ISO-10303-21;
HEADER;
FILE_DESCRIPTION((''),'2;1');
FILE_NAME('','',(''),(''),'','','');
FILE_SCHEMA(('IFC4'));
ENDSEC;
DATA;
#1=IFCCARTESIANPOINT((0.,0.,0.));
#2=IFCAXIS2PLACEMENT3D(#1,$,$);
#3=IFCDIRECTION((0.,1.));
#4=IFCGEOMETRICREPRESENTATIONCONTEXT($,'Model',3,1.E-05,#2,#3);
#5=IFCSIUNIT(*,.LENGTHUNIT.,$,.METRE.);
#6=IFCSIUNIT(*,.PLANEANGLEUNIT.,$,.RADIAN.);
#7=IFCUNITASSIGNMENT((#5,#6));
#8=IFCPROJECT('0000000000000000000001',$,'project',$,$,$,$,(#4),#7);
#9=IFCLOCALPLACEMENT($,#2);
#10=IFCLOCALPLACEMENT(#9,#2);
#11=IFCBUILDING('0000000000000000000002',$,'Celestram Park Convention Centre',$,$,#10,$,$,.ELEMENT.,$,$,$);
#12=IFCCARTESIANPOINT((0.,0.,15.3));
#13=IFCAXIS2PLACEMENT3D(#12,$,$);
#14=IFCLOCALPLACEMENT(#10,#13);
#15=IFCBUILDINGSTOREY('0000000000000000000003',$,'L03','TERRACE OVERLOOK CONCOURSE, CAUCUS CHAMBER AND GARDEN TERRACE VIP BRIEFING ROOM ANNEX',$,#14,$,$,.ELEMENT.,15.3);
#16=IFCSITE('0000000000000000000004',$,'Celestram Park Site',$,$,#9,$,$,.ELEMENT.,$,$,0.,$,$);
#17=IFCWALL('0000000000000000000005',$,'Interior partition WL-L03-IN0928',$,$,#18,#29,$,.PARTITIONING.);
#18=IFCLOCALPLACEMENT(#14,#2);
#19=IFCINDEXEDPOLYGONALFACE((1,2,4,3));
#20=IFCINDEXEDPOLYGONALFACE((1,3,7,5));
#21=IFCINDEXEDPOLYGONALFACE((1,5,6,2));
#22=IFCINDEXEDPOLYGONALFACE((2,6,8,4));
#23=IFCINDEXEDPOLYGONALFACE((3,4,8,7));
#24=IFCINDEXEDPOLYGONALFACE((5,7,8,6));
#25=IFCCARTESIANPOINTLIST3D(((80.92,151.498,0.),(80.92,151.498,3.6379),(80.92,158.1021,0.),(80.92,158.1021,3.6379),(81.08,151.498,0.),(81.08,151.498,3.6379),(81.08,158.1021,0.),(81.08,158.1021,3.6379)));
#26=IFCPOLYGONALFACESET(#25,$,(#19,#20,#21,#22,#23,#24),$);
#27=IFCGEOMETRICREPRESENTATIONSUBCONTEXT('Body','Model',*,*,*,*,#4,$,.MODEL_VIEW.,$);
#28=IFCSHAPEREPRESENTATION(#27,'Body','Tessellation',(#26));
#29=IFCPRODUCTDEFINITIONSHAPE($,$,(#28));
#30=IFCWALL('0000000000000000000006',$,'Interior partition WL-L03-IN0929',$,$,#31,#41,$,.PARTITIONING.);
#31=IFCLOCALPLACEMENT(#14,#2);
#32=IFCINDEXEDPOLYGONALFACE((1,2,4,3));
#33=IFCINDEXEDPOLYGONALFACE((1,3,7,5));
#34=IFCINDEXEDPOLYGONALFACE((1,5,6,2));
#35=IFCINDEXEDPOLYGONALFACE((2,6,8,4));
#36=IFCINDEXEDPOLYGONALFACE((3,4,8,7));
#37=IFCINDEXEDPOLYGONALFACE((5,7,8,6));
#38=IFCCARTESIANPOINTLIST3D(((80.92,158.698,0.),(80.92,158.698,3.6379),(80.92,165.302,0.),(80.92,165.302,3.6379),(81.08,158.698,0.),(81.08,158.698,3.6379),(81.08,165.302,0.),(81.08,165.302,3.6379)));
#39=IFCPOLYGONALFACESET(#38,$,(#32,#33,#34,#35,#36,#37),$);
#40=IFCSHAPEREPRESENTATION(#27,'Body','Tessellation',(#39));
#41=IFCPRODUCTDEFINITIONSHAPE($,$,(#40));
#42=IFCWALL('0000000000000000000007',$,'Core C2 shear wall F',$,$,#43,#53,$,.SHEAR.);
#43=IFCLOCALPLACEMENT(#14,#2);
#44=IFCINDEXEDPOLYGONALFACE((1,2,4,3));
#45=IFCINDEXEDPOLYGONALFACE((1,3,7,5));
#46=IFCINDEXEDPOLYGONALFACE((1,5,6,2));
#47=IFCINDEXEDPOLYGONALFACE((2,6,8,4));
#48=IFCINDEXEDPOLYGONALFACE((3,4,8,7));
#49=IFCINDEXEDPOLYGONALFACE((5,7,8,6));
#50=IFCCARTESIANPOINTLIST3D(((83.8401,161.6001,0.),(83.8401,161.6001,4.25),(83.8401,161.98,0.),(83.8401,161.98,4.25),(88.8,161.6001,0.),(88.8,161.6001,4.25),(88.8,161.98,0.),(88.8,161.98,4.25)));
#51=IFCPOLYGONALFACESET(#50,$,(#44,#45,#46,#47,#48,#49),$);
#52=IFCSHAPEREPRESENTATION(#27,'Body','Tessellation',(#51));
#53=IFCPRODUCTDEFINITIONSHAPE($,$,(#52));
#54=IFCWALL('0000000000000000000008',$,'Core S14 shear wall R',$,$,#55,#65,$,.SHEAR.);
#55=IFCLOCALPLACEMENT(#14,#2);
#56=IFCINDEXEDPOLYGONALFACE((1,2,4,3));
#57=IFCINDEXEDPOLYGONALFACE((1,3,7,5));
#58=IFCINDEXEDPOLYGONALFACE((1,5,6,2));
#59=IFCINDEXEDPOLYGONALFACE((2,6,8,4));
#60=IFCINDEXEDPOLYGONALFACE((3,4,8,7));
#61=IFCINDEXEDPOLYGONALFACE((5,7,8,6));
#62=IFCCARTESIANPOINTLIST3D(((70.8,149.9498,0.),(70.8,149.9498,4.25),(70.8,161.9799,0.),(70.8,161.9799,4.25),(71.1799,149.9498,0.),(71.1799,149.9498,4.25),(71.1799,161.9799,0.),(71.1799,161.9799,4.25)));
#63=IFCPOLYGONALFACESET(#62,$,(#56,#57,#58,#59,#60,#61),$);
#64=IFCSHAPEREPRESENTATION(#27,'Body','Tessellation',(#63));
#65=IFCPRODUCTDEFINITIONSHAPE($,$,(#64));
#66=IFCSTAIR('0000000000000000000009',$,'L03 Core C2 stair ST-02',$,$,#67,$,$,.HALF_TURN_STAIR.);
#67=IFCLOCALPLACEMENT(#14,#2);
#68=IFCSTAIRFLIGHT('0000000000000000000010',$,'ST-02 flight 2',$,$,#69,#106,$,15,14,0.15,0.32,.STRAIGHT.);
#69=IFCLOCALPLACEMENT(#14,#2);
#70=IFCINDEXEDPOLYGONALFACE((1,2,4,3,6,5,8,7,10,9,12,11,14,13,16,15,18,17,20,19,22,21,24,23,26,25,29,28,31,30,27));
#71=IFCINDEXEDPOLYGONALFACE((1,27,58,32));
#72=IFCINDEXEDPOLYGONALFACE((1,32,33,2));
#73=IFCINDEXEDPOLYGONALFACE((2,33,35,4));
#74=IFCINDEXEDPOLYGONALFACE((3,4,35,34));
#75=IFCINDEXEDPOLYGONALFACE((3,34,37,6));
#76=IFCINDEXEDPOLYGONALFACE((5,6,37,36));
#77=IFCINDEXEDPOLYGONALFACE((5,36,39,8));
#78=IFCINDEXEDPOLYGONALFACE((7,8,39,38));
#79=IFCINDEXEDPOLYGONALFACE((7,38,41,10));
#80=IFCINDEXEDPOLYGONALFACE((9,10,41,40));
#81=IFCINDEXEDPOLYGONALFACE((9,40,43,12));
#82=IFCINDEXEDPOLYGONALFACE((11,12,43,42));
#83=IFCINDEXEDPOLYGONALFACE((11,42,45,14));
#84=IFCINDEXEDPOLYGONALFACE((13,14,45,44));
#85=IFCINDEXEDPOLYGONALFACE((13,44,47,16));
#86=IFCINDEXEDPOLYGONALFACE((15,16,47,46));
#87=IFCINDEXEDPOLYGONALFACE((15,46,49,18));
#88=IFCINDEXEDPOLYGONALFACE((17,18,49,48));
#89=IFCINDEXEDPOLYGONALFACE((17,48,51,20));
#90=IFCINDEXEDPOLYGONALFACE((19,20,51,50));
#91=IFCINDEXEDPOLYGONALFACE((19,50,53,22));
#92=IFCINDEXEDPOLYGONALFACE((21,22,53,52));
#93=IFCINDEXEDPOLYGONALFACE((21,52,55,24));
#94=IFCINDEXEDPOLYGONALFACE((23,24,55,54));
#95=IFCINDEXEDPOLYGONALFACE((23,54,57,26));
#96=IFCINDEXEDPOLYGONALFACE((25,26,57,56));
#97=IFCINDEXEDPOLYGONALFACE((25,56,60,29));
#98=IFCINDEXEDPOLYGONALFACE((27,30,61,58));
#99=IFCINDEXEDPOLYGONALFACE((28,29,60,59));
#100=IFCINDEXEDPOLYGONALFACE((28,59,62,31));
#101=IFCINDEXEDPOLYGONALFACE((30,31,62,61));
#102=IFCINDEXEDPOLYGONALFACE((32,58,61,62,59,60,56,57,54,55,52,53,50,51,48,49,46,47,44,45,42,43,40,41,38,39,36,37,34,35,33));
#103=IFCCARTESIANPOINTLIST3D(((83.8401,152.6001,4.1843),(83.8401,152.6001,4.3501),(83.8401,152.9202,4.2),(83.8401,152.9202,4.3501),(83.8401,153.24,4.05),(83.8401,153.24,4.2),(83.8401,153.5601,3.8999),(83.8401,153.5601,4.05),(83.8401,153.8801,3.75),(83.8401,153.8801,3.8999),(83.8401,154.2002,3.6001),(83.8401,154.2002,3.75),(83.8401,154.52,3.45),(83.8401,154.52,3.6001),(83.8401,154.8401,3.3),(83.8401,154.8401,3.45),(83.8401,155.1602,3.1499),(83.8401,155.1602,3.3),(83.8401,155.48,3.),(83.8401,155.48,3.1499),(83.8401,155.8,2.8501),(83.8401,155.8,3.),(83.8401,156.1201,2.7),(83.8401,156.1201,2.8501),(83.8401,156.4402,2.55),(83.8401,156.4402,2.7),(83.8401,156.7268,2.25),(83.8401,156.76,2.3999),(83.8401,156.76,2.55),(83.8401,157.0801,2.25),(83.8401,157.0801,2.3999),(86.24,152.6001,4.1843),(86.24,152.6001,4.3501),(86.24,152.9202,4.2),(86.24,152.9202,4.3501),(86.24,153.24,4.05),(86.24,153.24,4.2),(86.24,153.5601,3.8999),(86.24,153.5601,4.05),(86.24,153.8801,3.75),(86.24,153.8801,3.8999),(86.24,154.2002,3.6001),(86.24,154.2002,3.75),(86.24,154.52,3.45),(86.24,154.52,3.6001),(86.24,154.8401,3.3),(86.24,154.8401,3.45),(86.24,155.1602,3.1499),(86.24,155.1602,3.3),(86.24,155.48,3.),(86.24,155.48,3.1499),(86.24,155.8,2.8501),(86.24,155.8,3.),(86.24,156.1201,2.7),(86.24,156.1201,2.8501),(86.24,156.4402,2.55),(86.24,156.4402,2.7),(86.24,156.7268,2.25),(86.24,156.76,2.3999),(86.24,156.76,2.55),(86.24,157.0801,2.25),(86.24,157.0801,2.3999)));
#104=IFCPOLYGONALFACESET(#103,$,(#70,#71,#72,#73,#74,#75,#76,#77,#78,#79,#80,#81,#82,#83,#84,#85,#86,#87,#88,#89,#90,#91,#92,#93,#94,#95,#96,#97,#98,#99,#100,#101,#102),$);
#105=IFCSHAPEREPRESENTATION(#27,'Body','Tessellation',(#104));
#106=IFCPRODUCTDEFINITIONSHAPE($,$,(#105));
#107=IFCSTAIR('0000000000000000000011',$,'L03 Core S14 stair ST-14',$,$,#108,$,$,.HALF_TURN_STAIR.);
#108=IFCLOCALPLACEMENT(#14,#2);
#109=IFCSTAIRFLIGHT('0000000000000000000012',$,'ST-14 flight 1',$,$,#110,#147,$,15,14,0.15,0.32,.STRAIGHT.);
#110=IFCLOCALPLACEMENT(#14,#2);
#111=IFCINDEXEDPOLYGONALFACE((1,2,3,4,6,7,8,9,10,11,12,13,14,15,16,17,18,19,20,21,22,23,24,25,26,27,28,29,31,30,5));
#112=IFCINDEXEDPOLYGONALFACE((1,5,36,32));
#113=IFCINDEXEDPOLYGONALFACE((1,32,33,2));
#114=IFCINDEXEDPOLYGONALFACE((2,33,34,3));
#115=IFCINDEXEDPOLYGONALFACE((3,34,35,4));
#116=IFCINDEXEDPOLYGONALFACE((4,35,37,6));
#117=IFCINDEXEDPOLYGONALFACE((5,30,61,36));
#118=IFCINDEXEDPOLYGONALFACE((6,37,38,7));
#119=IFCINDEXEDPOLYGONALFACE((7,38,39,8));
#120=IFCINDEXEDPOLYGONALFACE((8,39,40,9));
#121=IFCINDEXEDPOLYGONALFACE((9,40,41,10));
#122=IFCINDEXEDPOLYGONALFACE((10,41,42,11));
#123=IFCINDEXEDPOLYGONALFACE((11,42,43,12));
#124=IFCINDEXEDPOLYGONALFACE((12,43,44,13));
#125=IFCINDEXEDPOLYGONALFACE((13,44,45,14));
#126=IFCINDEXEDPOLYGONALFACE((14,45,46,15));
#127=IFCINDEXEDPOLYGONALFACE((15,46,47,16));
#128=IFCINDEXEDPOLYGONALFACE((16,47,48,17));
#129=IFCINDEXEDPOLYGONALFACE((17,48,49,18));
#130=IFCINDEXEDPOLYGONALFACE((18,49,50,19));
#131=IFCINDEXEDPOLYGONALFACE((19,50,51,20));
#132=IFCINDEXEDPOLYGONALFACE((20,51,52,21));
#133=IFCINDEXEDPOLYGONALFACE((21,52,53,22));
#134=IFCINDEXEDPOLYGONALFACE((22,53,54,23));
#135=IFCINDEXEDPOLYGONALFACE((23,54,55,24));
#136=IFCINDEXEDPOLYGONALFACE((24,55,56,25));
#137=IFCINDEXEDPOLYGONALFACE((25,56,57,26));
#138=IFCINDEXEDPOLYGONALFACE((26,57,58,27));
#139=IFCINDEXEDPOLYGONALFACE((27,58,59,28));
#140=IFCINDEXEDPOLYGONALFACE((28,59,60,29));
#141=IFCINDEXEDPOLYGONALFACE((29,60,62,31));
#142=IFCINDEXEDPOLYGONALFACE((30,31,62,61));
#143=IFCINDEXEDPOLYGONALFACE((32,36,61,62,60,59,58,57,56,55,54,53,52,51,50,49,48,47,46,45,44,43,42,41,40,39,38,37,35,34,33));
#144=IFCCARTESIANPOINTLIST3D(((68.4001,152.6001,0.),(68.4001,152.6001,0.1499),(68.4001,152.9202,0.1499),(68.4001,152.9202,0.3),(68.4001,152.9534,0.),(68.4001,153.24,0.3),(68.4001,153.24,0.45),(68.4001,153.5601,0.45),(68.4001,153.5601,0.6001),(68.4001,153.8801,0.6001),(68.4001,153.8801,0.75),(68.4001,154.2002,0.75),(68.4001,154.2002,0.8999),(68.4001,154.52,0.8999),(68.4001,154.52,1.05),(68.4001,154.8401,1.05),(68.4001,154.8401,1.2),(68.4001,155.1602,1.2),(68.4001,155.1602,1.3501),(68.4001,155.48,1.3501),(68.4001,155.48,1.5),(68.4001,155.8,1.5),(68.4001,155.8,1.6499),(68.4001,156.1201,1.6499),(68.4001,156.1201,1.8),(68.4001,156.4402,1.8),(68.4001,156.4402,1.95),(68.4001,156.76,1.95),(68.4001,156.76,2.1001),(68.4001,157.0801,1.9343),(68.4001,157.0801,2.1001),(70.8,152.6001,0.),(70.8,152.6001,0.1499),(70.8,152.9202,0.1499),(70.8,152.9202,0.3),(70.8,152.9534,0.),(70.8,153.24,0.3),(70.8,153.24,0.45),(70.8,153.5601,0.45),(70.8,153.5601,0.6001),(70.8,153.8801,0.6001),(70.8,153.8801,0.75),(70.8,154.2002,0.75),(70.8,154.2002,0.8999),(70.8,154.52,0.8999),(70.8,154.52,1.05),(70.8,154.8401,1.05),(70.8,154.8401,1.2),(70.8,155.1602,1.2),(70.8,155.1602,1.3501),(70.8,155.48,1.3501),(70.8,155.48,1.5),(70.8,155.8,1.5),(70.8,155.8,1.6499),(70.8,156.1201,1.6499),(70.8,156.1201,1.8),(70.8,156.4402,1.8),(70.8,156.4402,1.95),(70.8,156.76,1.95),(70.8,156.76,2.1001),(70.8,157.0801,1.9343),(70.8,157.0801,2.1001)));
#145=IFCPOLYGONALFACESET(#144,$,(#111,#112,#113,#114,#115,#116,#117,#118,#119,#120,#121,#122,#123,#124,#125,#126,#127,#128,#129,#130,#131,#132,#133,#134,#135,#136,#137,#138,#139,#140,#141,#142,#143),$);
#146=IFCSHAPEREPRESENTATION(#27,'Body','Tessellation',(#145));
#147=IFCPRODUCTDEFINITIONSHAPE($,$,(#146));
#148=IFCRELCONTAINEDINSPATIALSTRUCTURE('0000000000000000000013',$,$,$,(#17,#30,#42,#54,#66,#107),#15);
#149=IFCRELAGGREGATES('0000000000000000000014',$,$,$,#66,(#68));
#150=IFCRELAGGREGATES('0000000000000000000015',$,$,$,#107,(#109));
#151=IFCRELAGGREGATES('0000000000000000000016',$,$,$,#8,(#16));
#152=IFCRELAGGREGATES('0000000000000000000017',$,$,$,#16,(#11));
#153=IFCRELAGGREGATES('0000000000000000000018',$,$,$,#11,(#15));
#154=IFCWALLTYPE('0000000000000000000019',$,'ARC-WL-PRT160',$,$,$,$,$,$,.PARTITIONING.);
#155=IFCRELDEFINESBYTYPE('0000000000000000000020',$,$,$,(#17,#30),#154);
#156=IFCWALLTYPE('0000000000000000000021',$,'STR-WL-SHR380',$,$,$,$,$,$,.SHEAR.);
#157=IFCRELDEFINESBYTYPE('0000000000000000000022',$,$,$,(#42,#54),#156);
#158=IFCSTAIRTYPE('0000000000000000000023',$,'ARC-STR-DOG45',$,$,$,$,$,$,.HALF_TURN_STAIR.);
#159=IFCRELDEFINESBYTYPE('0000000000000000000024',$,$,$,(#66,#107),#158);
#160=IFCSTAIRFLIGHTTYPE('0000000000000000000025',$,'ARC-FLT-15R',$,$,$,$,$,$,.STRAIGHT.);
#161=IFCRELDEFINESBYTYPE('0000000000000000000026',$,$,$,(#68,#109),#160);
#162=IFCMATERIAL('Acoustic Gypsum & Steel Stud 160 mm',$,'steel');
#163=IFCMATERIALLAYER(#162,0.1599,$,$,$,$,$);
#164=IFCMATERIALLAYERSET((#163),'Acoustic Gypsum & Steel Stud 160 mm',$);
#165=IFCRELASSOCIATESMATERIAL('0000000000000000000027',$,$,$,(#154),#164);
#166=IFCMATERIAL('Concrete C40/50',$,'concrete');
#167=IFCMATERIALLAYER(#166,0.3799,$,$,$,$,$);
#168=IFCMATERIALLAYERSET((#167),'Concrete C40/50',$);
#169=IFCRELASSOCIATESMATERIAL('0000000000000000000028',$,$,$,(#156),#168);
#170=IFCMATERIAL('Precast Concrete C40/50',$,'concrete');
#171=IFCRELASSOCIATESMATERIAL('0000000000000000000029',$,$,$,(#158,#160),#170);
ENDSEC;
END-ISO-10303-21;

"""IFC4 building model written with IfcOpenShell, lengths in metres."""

from ifc_helpers import new_model, si_unit, direction, frame, frame_2d, origin, place, context, subcontext, project, spatial, polyline, rectangle, outline, extrude, material, layer, layer_set, type_object, element, aggregate, save


model = new_model("IFC4")

# Units and contexts
model_context = context("Model", 3, precision=1e-05, world=origin(), true_north=direction((0.0, 1.0)))
body_context = subcontext(model_context, "Body", "Model", "MODEL_VIEW")
ifc_project = project(units=[si_unit("LENGTHUNIT", "METRE"), si_unit("PLANEANGLEUNIT", "RADIAN")], contexts=[model_context])

# Site, building, storey
site_placement = place(None, origin())
site = spatial("IfcSite", under=ifc_project, at=site_placement, Name="Celestram Park Site", CompositionType="ELEMENT", RefElevation=0.0)
building_placement = place(site_placement, origin())
building = spatial("IfcBuilding", under=site, at=building_placement, Name="Celestram Park Convention Centre", CompositionType="ELEMENT")
storey_placement = place(building_placement, frame((0.0, 0.0, 15.3)))
storey = spatial("IfcBuildingStorey", under=building, at=storey_placement, Name="L03", Description="TERRACE OVERLOOK CONCOURSE, CAUCUS CHAMBER AND GARDEN TERRACE VIP BRIEFING ROOM ANNEX", CompositionType="ELEMENT", Elevation=15.3)

# Shared definitions
ifc_material_1 = material(Name="Concrete C40/50", Category="concrete")

# Walls
ifc_material_2 = material(Name="Acoustic Gypsum & Steel Stud 160 mm", Category="steel")
ifc_layer_1 = layer(ifc_material_2, 0.1599)
ifc_layer_set_1 = layer_set([ifc_layer_1], Name="Acoustic Gypsum & Steel Stud 160 mm")
wall_type_1 = type_object("IfcWallType", Name="ARC-WL-PRT160", PredefinedType="PARTITIONING", material=ifc_layer_set_1)
for number, where, z_axis, x_axis, name in (
    (1, (81.0, 151.498, 0.0), (0.0, 0.0, 1.0), (0.0, 1.0, 0.0), "Interior partition WL-L03-IN0928"),
    (2, (81.0, 158.698, 0.0), (0.0, 0.0, 1.0), (0.0, 1.0, 0.0), "Interior partition WL-L03-IN0929"),
):
    element("IfcWall", number, at=place(storey_placement, frame(where, z_axis=z_axis, x_axis=x_axis)), inside=storey, type_object=wall_type_1, Name=name, PredefinedType="PARTITIONING", context=body_context, shape_type="SweptSolid", body=[
        extrude(rectangle(XDim=6.604, YDim=0.1599, at=frame_2d((3.302, 0.0))), origin(), (0.0, 0.0, 1.0), 3.6379),
    ])
ifc_layer_2 = layer(ifc_material_1, 0.3799)
ifc_layer_set_2 = layer_set([ifc_layer_2], Name="Concrete C40/50")
wall_type_2 = type_object("IfcWallType", Name="STR-WL-SHR380", PredefinedType="SHEAR", material=ifc_layer_set_2)
wall_1_placement = place(storey_placement, frame((83.8401, 161.79, 0.0), z_axis=(0.0, 0.0, 1.0), x_axis=(1.0, 0.0, 0.0)))
element("IfcWall", 3, at=wall_1_placement, inside=storey, type_object=wall_type_2, Name="Core C2 shear wall F", PredefinedType="SHEAR", context=body_context, shape_type="SweptSolid", body=[
    extrude(rectangle(XDim=4.96, YDim=0.3799, at=frame_2d((2.48, 0.0))), origin(), (0.0, 0.0, 1.0), 4.25),
])
wall_2_placement = place(storey_placement, frame((70.99, 161.98, 0.0), z_axis=(0.0, 0.0, 1.0), x_axis=(0.0, -1.0, 0.0)))
element("IfcWall", 4, at=wall_2_placement, inside=storey, type_object=wall_type_2, Name="Core S14 shear wall R", PredefinedType="SHEAR", context=body_context, shape_type="SweptSolid", body=[
    extrude(rectangle(XDim=12.03, YDim=0.3799, at=frame_2d((6.0151, 0.0))), origin(), (0.0, 0.0, 1.0), 4.25),
])

# Stairs, stair flights
ifc_material_3 = material(Name="Precast Concrete C40/50", Category="concrete")
stair_type = type_object("IfcStairType", Name="ARC-STR-DOG45", PredefinedType="HALF_TURN_STAIR", material=ifc_material_3)
stair_1_placement = place(storey_placement, origin())
stair_1 = element("IfcStair", 5, at=stair_1_placement, inside=storey, type_object=stair_type, Name="L03 Core C2 stair ST-02", PredefinedType="HALF_TURN_STAIR")
stair_flight_type = type_object("IfcStairFlightType", Name="ARC-FLT-15R", PredefinedType="STRAIGHT", material=ifc_material_3)
stair_flight_1_placement = place(storey_placement, frame((85.04, 157.0801, 2.25), z_axis=(0.0, 0.0, 1.0), x_axis=(0.0, -1.0, 0.0)))
stair_flight_1 = element("IfcStairFlight", 6, at=stair_flight_1_placement, type_object=stair_flight_type, Name="ST-02 flight 2", NumberOfRisers=15, NumberOfTreads=14, PredefinedType="STRAIGHT", RiserHeight=0.15, TreadLength=0.32, context=body_context, shape_type="SweptSolid", body=[
    extrude(outline(polyline([(0.0, 0.0), (0.0, 0.1499), (0.3201, 0.1499), (0.3201, 0.3), (0.6399, 0.3), (0.6399, 0.45), (0.96, 0.45), (0.96, 0.6001), (1.28, 0.6001), (1.28, 0.75), (1.6001, 0.75), (1.6001, 0.8999), (1.9199, 0.8999), (1.9199, 1.05), (2.24, 1.05), (2.24, 1.2), (2.5601, 1.2), (2.5601, 1.3501), (2.8799, 1.3501), (2.8799, 1.5), (3.2, 1.5), (3.2, 1.6499), (3.52, 1.6499), (3.52, 1.8), (3.8401, 1.8), (3.8401, 1.95), (4.1599, 1.95), (4.1599, 2.1001), (4.48, 2.1001), (4.48, 2.25), (4.48, 1.9343), (0.3533, 0.0), (0.0, 0.0)])), frame((0.0, 1.2, 0.0), z_axis=(0.0, -1.0, 0.0), x_axis=(1.0, 0.0, 0.0)), (0.0, 0.0, 1.0), 2.3999),
])
aggregate(stair_1, [stair_flight_1])
stair_2_placement = place(storey_placement, origin())
stair_2 = element("IfcStair", 7, at=stair_2_placement, inside=storey, type_object=stair_type, Name="L03 Core S14 stair ST-14", PredefinedType="HALF_TURN_STAIR")
stair_flight_2_placement = place(storey_placement, frame((69.6001, 152.6001, 0.0), z_axis=(0.0, 0.0, 1.0), x_axis=(0.0, 1.0, 0.0)))
stair_flight_2 = element("IfcStairFlight", 8, at=stair_flight_2_placement, type_object=stair_flight_type, Name="ST-14 flight 1", NumberOfRisers=15, NumberOfTreads=14, PredefinedType="STRAIGHT", RiserHeight=0.15, TreadLength=0.32, context=body_context, shape_type="SweptSolid", body=[
    extrude(outline(polyline([(0.0, 0.0), (0.0, 0.1499), (0.3201, 0.1499), (0.3201, 0.3), (0.6399, 0.3), (0.6399, 0.45), (0.96, 0.45), (0.96, 0.6001), (1.28, 0.6001), (1.28, 0.75), (1.6001, 0.75), (1.6001, 0.8999), (1.9199, 0.8999), (1.9199, 1.05), (2.24, 1.05), (2.24, 1.2), (2.5601, 1.2), (2.5601, 1.3501), (2.8799, 1.3501), (2.8799, 1.5), (3.2, 1.5), (3.2, 1.6499), (3.52, 1.6499), (3.52, 1.8), (3.8401, 1.8), (3.8401, 1.95), (4.1599, 1.95), (4.1599, 2.1001), (4.48, 2.1001), (4.48, 2.25), (4.48, 1.9343), (0.3533, 0.0), (0.0, 0.0)])), frame((0.0, 1.2, 0.0), z_axis=(0.0, -1.0, 0.0), x_axis=(1.0, 0.0, 0.0)), (0.0, 0.0, 1.0), 2.3999),
])
aggregate(stair_2, [stair_flight_2])

save(model, "model.ifc")
